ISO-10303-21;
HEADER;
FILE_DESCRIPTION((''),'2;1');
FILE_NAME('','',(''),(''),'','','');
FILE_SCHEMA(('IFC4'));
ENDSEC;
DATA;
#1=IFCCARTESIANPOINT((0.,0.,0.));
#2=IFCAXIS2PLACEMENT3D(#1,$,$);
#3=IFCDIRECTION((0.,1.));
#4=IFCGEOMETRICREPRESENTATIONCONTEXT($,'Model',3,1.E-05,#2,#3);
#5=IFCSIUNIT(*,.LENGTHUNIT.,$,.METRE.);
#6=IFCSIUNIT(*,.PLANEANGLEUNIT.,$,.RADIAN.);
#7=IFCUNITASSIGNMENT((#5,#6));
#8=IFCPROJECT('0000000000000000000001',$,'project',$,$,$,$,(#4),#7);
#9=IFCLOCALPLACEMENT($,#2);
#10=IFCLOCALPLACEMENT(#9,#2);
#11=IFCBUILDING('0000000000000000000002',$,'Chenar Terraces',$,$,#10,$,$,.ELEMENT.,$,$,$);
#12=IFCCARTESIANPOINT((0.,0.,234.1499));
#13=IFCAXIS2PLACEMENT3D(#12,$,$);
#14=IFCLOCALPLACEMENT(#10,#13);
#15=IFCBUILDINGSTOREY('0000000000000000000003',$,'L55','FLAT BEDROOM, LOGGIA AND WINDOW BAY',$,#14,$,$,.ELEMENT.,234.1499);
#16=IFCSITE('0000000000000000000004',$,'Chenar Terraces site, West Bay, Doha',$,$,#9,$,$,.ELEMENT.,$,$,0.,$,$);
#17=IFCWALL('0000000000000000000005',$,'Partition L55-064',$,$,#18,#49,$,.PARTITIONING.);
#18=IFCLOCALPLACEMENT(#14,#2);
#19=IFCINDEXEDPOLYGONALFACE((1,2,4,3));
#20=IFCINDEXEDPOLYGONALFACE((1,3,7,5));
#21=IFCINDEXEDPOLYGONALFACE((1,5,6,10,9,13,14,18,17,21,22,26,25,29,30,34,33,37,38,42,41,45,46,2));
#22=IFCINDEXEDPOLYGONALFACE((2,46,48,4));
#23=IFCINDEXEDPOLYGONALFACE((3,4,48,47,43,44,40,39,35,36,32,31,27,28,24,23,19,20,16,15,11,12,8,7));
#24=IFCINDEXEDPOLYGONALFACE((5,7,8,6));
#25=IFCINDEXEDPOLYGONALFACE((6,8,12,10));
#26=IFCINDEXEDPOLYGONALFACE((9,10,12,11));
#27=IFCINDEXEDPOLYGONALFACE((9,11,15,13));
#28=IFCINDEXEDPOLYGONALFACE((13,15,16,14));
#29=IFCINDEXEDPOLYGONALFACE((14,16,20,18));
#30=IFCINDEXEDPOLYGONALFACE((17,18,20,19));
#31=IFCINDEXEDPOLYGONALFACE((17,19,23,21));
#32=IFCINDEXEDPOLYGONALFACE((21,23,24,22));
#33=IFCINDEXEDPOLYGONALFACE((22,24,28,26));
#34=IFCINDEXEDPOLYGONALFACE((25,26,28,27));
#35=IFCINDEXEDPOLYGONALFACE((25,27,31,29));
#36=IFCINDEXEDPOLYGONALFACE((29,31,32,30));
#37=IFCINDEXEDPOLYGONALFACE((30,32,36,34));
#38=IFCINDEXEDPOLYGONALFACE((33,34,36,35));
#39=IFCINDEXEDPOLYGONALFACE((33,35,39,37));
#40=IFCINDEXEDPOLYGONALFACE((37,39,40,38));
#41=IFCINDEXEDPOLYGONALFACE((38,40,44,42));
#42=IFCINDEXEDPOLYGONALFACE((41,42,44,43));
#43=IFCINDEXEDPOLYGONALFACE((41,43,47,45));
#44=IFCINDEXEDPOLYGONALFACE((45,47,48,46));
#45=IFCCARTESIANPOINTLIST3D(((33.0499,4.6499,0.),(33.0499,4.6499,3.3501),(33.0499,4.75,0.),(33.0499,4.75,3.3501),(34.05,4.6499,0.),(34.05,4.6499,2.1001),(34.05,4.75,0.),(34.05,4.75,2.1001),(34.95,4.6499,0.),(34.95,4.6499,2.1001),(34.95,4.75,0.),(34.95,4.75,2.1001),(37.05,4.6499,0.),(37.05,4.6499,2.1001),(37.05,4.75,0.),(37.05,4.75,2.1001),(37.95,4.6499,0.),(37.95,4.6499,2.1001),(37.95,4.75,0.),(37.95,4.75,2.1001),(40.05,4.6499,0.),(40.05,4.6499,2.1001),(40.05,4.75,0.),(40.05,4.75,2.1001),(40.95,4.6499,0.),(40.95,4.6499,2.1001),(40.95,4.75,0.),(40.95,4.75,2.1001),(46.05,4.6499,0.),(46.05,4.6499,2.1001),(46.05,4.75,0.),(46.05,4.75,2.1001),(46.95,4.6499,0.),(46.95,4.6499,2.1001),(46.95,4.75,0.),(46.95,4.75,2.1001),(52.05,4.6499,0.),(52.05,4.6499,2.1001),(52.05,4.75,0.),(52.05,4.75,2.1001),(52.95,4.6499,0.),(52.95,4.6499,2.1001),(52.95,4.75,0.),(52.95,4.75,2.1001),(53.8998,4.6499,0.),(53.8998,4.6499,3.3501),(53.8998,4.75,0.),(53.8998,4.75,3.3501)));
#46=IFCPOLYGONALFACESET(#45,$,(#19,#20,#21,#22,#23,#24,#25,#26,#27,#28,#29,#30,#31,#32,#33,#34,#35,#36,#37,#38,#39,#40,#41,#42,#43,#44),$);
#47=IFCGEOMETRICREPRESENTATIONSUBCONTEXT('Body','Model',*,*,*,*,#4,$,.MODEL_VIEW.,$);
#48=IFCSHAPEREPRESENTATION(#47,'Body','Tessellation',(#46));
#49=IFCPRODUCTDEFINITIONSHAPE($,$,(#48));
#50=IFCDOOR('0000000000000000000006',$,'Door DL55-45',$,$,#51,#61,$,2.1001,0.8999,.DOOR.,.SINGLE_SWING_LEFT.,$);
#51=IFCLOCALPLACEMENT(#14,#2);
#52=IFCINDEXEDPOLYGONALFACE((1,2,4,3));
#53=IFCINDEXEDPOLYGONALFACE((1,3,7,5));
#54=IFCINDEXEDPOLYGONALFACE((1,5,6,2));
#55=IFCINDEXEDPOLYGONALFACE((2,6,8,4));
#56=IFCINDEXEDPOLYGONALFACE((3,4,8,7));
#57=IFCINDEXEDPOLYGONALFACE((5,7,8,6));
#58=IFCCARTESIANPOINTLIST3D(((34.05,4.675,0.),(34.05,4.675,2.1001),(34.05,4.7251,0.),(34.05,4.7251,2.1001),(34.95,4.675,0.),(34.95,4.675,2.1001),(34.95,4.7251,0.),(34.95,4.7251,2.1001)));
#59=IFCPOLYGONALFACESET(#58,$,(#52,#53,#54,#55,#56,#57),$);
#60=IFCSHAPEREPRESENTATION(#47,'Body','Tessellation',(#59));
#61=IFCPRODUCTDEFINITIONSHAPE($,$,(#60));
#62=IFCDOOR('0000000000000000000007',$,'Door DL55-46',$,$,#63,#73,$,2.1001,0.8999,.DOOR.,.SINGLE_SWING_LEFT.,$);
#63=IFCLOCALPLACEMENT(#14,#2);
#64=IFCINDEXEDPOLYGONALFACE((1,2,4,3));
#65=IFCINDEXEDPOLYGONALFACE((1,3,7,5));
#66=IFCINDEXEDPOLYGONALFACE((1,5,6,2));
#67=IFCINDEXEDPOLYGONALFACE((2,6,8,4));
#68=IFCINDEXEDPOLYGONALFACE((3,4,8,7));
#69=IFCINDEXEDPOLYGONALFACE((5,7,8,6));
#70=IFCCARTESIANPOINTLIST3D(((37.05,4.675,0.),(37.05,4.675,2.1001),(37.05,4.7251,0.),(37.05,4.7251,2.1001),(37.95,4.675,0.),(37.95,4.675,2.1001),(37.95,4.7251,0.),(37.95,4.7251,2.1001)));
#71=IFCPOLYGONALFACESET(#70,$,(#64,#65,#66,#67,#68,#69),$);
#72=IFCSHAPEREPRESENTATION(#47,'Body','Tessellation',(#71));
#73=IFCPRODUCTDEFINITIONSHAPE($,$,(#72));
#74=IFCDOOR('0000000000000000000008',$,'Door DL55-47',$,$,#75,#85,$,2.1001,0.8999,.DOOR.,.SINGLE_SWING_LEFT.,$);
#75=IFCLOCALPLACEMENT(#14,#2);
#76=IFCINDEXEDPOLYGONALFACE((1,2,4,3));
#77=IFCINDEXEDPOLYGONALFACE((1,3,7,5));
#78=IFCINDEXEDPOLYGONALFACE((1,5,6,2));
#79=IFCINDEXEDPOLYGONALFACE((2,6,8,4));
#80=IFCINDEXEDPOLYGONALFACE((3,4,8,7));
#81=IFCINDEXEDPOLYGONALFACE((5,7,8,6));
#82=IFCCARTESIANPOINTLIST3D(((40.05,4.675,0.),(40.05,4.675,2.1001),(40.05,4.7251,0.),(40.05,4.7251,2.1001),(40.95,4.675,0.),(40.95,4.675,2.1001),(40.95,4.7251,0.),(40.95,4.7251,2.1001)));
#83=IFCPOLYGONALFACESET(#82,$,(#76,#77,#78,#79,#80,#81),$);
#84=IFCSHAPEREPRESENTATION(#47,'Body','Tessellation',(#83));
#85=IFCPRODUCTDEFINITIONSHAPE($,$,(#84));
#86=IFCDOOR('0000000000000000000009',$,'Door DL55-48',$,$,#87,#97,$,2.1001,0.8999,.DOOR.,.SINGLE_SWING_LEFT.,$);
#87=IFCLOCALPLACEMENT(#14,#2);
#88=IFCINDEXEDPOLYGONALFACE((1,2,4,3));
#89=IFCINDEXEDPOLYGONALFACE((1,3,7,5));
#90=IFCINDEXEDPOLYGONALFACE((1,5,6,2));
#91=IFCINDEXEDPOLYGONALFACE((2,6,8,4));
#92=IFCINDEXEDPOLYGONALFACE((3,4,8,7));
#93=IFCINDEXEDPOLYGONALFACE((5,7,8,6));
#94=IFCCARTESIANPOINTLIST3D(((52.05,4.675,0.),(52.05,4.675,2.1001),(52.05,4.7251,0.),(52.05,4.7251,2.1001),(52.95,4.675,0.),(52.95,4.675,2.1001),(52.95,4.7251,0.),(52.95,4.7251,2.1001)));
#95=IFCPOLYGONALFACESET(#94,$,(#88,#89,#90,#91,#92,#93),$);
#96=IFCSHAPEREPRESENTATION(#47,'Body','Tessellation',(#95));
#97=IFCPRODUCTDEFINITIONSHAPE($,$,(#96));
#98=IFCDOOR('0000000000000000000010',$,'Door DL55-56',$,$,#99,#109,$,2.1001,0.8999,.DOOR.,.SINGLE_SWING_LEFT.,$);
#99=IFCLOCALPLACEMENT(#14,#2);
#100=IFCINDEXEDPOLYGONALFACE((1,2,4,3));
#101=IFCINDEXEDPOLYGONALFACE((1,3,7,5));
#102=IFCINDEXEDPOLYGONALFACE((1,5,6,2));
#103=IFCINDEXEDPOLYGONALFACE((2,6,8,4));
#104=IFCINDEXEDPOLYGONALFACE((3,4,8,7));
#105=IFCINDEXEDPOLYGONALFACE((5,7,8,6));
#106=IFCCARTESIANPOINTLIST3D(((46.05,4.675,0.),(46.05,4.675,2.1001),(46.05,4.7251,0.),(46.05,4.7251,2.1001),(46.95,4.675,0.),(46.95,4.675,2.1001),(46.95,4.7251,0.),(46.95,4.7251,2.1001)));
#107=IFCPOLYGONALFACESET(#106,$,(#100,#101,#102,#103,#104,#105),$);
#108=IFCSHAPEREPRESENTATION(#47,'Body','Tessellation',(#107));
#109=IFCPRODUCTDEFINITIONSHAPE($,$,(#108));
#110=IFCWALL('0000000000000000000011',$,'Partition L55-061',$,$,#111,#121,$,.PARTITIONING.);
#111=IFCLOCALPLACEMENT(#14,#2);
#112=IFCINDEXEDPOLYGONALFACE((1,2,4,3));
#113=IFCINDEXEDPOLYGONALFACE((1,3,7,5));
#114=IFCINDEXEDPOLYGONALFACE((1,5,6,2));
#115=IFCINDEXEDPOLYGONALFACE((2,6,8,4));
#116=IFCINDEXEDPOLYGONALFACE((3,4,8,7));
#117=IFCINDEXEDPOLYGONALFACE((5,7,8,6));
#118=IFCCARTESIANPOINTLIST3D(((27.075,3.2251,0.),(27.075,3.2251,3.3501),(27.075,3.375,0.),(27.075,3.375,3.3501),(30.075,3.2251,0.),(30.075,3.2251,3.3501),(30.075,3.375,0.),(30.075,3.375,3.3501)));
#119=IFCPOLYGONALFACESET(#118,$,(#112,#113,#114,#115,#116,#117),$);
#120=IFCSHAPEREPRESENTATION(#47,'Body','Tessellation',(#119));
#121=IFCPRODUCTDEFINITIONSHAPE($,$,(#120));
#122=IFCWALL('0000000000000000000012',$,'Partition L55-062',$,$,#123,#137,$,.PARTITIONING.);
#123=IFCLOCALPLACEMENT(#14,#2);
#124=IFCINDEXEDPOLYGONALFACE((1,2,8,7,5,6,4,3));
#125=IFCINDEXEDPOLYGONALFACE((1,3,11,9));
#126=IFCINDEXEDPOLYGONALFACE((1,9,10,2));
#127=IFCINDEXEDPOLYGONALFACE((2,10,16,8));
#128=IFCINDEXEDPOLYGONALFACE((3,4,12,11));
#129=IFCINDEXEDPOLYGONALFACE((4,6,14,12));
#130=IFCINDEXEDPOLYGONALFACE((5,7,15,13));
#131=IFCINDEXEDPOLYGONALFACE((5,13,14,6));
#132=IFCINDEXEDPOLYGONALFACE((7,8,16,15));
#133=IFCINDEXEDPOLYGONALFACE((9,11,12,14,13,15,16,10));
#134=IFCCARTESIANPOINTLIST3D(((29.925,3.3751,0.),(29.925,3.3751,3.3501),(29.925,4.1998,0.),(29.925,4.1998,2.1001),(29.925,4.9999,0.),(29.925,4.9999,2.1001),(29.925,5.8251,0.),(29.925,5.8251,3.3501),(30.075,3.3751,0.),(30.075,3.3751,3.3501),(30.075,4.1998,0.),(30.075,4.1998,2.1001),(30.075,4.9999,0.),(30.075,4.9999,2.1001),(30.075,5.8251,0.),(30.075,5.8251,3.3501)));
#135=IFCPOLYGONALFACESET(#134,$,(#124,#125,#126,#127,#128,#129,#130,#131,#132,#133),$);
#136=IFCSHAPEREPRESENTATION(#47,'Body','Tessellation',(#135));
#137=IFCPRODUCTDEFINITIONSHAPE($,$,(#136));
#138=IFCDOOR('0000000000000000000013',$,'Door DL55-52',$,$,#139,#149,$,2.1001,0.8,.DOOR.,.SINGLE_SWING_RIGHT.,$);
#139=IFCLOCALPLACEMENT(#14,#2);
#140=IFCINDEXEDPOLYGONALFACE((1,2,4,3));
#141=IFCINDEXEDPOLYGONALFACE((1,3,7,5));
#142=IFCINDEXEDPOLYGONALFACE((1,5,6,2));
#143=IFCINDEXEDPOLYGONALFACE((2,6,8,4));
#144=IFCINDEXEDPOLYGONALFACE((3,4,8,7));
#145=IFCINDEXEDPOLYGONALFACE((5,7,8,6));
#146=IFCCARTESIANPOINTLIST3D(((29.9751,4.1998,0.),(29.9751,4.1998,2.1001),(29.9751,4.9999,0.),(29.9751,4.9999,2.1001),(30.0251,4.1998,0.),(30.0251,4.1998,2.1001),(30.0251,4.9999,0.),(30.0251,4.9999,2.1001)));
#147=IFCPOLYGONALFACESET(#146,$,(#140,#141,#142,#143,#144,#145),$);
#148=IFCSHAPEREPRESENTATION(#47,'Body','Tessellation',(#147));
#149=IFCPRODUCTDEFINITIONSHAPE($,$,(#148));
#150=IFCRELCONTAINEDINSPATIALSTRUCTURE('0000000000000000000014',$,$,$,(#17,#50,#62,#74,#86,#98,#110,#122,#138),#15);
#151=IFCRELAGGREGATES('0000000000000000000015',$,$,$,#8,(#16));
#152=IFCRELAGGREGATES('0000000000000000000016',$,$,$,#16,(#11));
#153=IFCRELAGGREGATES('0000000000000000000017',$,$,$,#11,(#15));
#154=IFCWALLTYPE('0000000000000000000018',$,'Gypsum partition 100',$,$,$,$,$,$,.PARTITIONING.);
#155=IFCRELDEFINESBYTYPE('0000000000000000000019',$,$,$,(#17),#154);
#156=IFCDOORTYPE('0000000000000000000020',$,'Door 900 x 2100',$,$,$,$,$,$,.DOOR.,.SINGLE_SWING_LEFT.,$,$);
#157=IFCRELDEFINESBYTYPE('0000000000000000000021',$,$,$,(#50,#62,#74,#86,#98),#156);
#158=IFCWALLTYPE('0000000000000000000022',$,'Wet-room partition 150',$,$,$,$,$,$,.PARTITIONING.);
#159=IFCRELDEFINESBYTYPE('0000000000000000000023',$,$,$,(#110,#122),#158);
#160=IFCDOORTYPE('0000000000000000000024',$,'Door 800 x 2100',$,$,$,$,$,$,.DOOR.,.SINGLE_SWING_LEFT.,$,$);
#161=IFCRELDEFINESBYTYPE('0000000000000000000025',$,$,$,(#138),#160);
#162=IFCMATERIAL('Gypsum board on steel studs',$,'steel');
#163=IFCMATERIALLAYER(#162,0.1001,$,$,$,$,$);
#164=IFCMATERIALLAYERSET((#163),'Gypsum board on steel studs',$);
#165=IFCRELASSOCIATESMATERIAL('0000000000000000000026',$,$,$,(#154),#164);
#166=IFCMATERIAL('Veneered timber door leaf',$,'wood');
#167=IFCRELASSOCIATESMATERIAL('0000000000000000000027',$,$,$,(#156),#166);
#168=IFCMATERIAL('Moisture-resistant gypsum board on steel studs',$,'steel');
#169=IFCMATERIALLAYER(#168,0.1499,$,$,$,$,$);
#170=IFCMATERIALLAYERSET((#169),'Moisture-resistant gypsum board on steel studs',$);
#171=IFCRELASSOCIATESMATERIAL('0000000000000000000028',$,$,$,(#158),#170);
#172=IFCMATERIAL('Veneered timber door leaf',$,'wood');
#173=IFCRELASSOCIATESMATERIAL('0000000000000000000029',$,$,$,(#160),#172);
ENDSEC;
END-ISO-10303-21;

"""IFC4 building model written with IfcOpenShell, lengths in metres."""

from ifc_helpers import new_model, si_unit, direction, frame, frame_2d, origin, place, context, subcontext, project, spatial, rectangle, extrude, material, layer, layer_set, type_object, element, fill, save


model = new_model("IFC4")

# Units and contexts
model_context = context("Model", 3, precision=1e-05, world=origin(), true_north=direction((0.0, 1.0)))
body_context = subcontext(model_context, "Body", "Model", "MODEL_VIEW")
ifc_project = project(units=[si_unit("LENGTHUNIT", "METRE"), si_unit("PLANEANGLEUNIT", "RADIAN")], contexts=[model_context])

# Site, building, storey
site_placement = place(None, origin())
site = spatial("IfcSite", under=ifc_project, at=site_placement, Name="Chenar Terraces site, West Bay, Doha", CompositionType="ELEMENT", RefElevation=0.0)
building_placement = place(site_placement, origin())
building = spatial("IfcBuilding", under=site, at=building_placement, Name="Chenar Terraces", CompositionType="ELEMENT")
storey_placement = place(building_placement, frame((0.0, 0.0, 234.1499)))
storey = spatial("IfcBuildingStorey", under=building, at=storey_placement, Name="L55", Description="FLAT BEDROOM, LOGGIA AND WINDOW BAY", CompositionType="ELEMENT", Elevation=234.1499)

# Wall, openings, doors
ifc_material_1 = material(Name="Gypsum board on steel studs", Category="steel")
ifc_layer_1 = layer(ifc_material_1, 0.1001)
ifc_layer_set_1 = layer_set([ifc_layer_1], Name="Gypsum board on steel studs")
wall_type_1 = type_object("IfcWallType", Name="Gypsum partition 100", PredefinedType="PARTITIONING", material=ifc_layer_set_1)
wall_1_placement = place(storey_placement, frame((33.05, 4.7, 0.0), z_axis=(0.0, 0.0, 1.0), x_axis=(1.0, 0.0, 0.0)))
wall_1 = element("IfcWall", 1, at=wall_1_placement, inside=storey, type_object=wall_type_1, Name="Partition L55-064", PredefinedType="PARTITIONING", context=body_context, shape_type="SweptSolid", body=[
    extrude(rectangle(XDim=20.8499, YDim=0.1001, at=frame_2d((10.4248, 0.0))), origin(), (0.0, 0.0, 1.0), 3.3501),
])
opening_1_placement = place(wall_1_placement, frame((1.0, 0.0, 0.0)))
opening_1 = element("IfcOpeningElement", 2, at=opening_1_placement, cuts=wall_1, PredefinedType="OPENING", context=body_context, shape_type="SweptSolid", body=[
    extrude(rectangle(XDim=0.8999, YDim=2.1001, at=frame_2d((0.45, 1.05))), frame((0.0, 0.0601, 0.0), z_axis=(0.0, -1.0, 0.0), x_axis=(1.0, 0.0, 0.0)), (0.0, 0.0, 1.0), 0.1201),
])
opening_2_placement = place(wall_1_placement, frame((4.0, 0.0, 0.0)))
opening_2 = element("IfcOpeningElement", 3, at=opening_2_placement, cuts=wall_1, PredefinedType="OPENING", context=body_context, shape_type="SweptSolid", body=[
    extrude(rectangle(XDim=0.8999, YDim=2.1001, at=frame_2d((0.45, 1.05))), frame((0.0, 0.0601, 0.0), z_axis=(0.0, -1.0, 0.0), x_axis=(1.0, 0.0, 0.0)), (0.0, 0.0, 1.0), 0.1201),
])
opening_3_placement = place(wall_1_placement, frame((7.0, 0.0, 0.0)))
opening_3 = element("IfcOpeningElement", 4, at=opening_3_placement, cuts=wall_1, PredefinedType="OPENING", context=body_context, shape_type="SweptSolid", body=[
    extrude(rectangle(XDim=0.8999, YDim=2.1001, at=frame_2d((0.45, 1.05))), frame((0.0, 0.0601, 0.0), z_axis=(0.0, -1.0, 0.0), x_axis=(1.0, 0.0, 0.0)), (0.0, 0.0, 1.0), 0.1201),
])
opening_4_placement = place(wall_1_placement, frame((19.0, 0.0, 0.0)))
opening_4 = element("IfcOpeningElement", 5, at=opening_4_placement, cuts=wall_1, PredefinedType="OPENING", context=body_context, shape_type="SweptSolid", body=[
    extrude(rectangle(XDim=0.8999, YDim=2.1001, at=frame_2d((0.45, 1.05))), frame((0.0, 0.0601, 0.0), z_axis=(0.0, -1.0, 0.0), x_axis=(1.0, 0.0, 0.0)), (0.0, 0.0, 1.0), 0.1201),
])
opening_5_placement = place(wall_1_placement, frame((13.0, 0.0, 0.0)))
opening_5 = element("IfcOpeningElement", 6, at=opening_5_placement, cuts=wall_1, PredefinedType="OPENING", context=body_context, shape_type="SweptSolid", body=[
    extrude(rectangle(XDim=0.8999, YDim=2.1001, at=frame_2d((0.45, 1.05))), frame((0.0, 0.0601, 0.0), z_axis=(0.0, -1.0, 0.0), x_axis=(1.0, 0.0, 0.0)), (0.0, 0.0, 1.0), 0.1201),
])
ifc_material_2 = material(Name="Veneered timber door leaf", Category="wood")
door_type_1 = type_object("IfcDoorType", Name="Door 900 x 2100", OperationType="SINGLE_SWING_LEFT", PredefinedType="DOOR", material=ifc_material_2)
door_1_placement = place(opening_1_placement, frame((0.8999, 0.0, 0.0), z_axis=(0.0, 0.0, 1.0), x_axis=(-1.0, 0.0, 0.0)))
door_1 = element("IfcDoor", 7, at=door_1_placement, inside=storey, type_object=door_type_1, Name="Door DL55-45", OperationType="SINGLE_SWING_LEFT", OverallHeight=2.1001, OverallWidth=0.8999, PredefinedType="DOOR", context=body_context, shape_type="SweptSolid", body=[
    extrude(rectangle(XDim=0.8999, YDim=2.1001, at=frame_2d((0.45, 1.05))), frame((0.0, 0.0249, 0.0), z_axis=(0.0, -1.0, 0.0), x_axis=(1.0, 0.0, 0.0)), (0.0, 0.0, 1.0), 0.05),
])
fill(opening_1, door_1)
door_2_placement = place(opening_2_placement, frame((0.8999, 0.0, 0.0), z_axis=(0.0, 0.0, 1.0), x_axis=(-1.0, 0.0, 0.0)))
door_2 = element("IfcDoor", 8, at=door_2_placement, inside=storey, type_object=door_type_1, Name="Door DL55-46", OperationType="SINGLE_SWING_LEFT", OverallHeight=2.1001, OverallWidth=0.8999, PredefinedType="DOOR", context=body_context, shape_type="SweptSolid", body=[
    extrude(rectangle(XDim=0.8999, YDim=2.1001, at=frame_2d((0.45, 1.05))), frame((0.0, 0.0249, 0.0), z_axis=(0.0, -1.0, 0.0), x_axis=(1.0, 0.0, 0.0)), (0.0, 0.0, 1.0), 0.05),
])
fill(opening_2, door_2)
door_3_placement = place(opening_3_placement, frame((0.8999, 0.0, 0.0), z_axis=(0.0, 0.0, 1.0), x_axis=(-1.0, 0.0, 0.0)))
door_3 = element("IfcDoor", 9, at=door_3_placement, inside=storey, type_object=door_type_1, Name="Door DL55-47", OperationType="SINGLE_SWING_LEFT", OverallHeight=2.1001, OverallWidth=0.8999, PredefinedType="DOOR", context=body_context, shape_type="SweptSolid", body=[
    extrude(rectangle(XDim=0.8999, YDim=2.1001, at=frame_2d((0.45, 1.05))), frame((0.0, 0.0249, 0.0), z_axis=(0.0, -1.0, 0.0), x_axis=(1.0, 0.0, 0.0)), (0.0, 0.0, 1.0), 0.05),
])
fill(opening_3, door_3)
door_4_placement = place(opening_4_placement, frame((0.8999, 0.0, 0.0), z_axis=(0.0, 0.0, 1.0), x_axis=(-1.0, 0.0, 0.0)))
door_4 = element("IfcDoor", 10, at=door_4_placement, inside=storey, type_object=door_type_1, Name="Door DL55-48", OperationType="SINGLE_SWING_LEFT", OverallHeight=2.1001, OverallWidth=0.8999, PredefinedType="DOOR", context=body_context, shape_type="SweptSolid", body=[
    extrude(rectangle(XDim=0.8999, YDim=2.1001, at=frame_2d((0.45, 1.05))), frame((0.0, 0.0249, 0.0), z_axis=(0.0, -1.0, 0.0), x_axis=(1.0, 0.0, 0.0)), (0.0, 0.0, 1.0), 0.05),
])
fill(opening_4, door_4)
door_5_placement = place(opening_5_placement, frame((0.8999, 0.0, 0.0), z_axis=(0.0, 0.0, 1.0), x_axis=(-1.0, 0.0, 0.0)))
door_5 = element("IfcDoor", 11, at=door_5_placement, inside=storey, type_object=door_type_1, Name="Door DL55-56", OperationType="SINGLE_SWING_LEFT", OverallHeight=2.1001, OverallWidth=0.8999, PredefinedType="DOOR", context=body_context, shape_type="SweptSolid", body=[
    extrude(rectangle(XDim=0.8999, YDim=2.1001, at=frame_2d((0.45, 1.05))), frame((0.0, 0.0249, 0.0), z_axis=(0.0, -1.0, 0.0), x_axis=(1.0, 0.0, 0.0)), (0.0, 0.0, 1.0), 0.05),
])
fill(opening_5, door_5)

# Wall
ifc_material_3 = material(Name="Moisture-resistant gypsum board on steel studs", Category="steel")
ifc_layer_2 = layer(ifc_material_3, 0.1499)
ifc_layer_set_2 = layer_set([ifc_layer_2], Name="Moisture-resistant gypsum board on steel studs")
wall_type_2 = type_object("IfcWallType", Name="Wet-room partition 150", PredefinedType="PARTITIONING", material=ifc_layer_set_2)
wall_2_placement = place(storey_placement, frame((27.075, 3.3, 0.0), z_axis=(0.0, 0.0, 1.0), x_axis=(1.0, 0.0, 0.0)))
element("IfcWall", 12, at=wall_2_placement, inside=storey, type_object=wall_type_2, Name="Partition L55-061", PredefinedType="PARTITIONING", context=body_context, shape_type="SweptSolid", body=[
    extrude(rectangle(XDim=3.0, YDim=0.1499, at=frame_2d((1.5, 0.0))), origin(), (0.0, 0.0, 1.0), 3.3501),
])

# Wall, opening, door
wall_3_placement = place(storey_placement, frame((30.0, 3.375, 0.0), z_axis=(0.0, 0.0, 1.0), x_axis=(0.0, 1.0, 0.0)))
wall_3 = element("IfcWall", 13, at=wall_3_placement, inside=storey, type_object=wall_type_2, Name="Partition L55-062", PredefinedType="PARTITIONING", context=body_context, shape_type="SweptSolid", body=[
    extrude(rectangle(XDim=2.45, YDim=0.1499, at=frame_2d((1.2251, 0.0))), origin(), (0.0, 0.0, 1.0), 3.3501),
])
opening_6_placement = place(wall_3_placement, frame((0.825, 0.0, 0.0)))
opening_6 = element("IfcOpeningElement", 14, at=opening_6_placement, cuts=wall_3, PredefinedType="OPENING", context=body_context, shape_type="SweptSolid", body=[
    extrude(rectangle(XDim=0.8, YDim=2.1001, at=frame_2d((0.3999, 1.05))), frame((0.0, 0.085, 0.0), z_axis=(0.0, -1.0, 0.0), x_axis=(1.0, 0.0, 0.0)), (0.0, 0.0, 1.0), 0.1699),
])
ifc_material_4 = material(Name="Veneered timber door leaf", Category="wood")
door_type_2 = type_object("IfcDoorType", Name="Door 800 x 2100", OperationType="SINGLE_SWING_LEFT", PredefinedType="DOOR", material=ifc_material_4)
door_6_placement = place(opening_6_placement, origin())
door_6 = element("IfcDoor", 15, at=door_6_placement, inside=storey, type_object=door_type_2, Name="Door DL55-52", OperationType="SINGLE_SWING_RIGHT", OverallHeight=2.1001, OverallWidth=0.8, PredefinedType="DOOR", context=body_context, shape_type="SweptSolid", body=[
    extrude(rectangle(XDim=0.8, YDim=2.1001, at=frame_2d((0.3999, 1.05))), frame((0.0, 0.0249, 0.0), z_axis=(0.0, -1.0, 0.0), x_axis=(1.0, 0.0, 0.0)), (0.0, 0.0, 1.0), 0.05),
])
fill(opening_6, door_6)

save(model, "model.ifc")
